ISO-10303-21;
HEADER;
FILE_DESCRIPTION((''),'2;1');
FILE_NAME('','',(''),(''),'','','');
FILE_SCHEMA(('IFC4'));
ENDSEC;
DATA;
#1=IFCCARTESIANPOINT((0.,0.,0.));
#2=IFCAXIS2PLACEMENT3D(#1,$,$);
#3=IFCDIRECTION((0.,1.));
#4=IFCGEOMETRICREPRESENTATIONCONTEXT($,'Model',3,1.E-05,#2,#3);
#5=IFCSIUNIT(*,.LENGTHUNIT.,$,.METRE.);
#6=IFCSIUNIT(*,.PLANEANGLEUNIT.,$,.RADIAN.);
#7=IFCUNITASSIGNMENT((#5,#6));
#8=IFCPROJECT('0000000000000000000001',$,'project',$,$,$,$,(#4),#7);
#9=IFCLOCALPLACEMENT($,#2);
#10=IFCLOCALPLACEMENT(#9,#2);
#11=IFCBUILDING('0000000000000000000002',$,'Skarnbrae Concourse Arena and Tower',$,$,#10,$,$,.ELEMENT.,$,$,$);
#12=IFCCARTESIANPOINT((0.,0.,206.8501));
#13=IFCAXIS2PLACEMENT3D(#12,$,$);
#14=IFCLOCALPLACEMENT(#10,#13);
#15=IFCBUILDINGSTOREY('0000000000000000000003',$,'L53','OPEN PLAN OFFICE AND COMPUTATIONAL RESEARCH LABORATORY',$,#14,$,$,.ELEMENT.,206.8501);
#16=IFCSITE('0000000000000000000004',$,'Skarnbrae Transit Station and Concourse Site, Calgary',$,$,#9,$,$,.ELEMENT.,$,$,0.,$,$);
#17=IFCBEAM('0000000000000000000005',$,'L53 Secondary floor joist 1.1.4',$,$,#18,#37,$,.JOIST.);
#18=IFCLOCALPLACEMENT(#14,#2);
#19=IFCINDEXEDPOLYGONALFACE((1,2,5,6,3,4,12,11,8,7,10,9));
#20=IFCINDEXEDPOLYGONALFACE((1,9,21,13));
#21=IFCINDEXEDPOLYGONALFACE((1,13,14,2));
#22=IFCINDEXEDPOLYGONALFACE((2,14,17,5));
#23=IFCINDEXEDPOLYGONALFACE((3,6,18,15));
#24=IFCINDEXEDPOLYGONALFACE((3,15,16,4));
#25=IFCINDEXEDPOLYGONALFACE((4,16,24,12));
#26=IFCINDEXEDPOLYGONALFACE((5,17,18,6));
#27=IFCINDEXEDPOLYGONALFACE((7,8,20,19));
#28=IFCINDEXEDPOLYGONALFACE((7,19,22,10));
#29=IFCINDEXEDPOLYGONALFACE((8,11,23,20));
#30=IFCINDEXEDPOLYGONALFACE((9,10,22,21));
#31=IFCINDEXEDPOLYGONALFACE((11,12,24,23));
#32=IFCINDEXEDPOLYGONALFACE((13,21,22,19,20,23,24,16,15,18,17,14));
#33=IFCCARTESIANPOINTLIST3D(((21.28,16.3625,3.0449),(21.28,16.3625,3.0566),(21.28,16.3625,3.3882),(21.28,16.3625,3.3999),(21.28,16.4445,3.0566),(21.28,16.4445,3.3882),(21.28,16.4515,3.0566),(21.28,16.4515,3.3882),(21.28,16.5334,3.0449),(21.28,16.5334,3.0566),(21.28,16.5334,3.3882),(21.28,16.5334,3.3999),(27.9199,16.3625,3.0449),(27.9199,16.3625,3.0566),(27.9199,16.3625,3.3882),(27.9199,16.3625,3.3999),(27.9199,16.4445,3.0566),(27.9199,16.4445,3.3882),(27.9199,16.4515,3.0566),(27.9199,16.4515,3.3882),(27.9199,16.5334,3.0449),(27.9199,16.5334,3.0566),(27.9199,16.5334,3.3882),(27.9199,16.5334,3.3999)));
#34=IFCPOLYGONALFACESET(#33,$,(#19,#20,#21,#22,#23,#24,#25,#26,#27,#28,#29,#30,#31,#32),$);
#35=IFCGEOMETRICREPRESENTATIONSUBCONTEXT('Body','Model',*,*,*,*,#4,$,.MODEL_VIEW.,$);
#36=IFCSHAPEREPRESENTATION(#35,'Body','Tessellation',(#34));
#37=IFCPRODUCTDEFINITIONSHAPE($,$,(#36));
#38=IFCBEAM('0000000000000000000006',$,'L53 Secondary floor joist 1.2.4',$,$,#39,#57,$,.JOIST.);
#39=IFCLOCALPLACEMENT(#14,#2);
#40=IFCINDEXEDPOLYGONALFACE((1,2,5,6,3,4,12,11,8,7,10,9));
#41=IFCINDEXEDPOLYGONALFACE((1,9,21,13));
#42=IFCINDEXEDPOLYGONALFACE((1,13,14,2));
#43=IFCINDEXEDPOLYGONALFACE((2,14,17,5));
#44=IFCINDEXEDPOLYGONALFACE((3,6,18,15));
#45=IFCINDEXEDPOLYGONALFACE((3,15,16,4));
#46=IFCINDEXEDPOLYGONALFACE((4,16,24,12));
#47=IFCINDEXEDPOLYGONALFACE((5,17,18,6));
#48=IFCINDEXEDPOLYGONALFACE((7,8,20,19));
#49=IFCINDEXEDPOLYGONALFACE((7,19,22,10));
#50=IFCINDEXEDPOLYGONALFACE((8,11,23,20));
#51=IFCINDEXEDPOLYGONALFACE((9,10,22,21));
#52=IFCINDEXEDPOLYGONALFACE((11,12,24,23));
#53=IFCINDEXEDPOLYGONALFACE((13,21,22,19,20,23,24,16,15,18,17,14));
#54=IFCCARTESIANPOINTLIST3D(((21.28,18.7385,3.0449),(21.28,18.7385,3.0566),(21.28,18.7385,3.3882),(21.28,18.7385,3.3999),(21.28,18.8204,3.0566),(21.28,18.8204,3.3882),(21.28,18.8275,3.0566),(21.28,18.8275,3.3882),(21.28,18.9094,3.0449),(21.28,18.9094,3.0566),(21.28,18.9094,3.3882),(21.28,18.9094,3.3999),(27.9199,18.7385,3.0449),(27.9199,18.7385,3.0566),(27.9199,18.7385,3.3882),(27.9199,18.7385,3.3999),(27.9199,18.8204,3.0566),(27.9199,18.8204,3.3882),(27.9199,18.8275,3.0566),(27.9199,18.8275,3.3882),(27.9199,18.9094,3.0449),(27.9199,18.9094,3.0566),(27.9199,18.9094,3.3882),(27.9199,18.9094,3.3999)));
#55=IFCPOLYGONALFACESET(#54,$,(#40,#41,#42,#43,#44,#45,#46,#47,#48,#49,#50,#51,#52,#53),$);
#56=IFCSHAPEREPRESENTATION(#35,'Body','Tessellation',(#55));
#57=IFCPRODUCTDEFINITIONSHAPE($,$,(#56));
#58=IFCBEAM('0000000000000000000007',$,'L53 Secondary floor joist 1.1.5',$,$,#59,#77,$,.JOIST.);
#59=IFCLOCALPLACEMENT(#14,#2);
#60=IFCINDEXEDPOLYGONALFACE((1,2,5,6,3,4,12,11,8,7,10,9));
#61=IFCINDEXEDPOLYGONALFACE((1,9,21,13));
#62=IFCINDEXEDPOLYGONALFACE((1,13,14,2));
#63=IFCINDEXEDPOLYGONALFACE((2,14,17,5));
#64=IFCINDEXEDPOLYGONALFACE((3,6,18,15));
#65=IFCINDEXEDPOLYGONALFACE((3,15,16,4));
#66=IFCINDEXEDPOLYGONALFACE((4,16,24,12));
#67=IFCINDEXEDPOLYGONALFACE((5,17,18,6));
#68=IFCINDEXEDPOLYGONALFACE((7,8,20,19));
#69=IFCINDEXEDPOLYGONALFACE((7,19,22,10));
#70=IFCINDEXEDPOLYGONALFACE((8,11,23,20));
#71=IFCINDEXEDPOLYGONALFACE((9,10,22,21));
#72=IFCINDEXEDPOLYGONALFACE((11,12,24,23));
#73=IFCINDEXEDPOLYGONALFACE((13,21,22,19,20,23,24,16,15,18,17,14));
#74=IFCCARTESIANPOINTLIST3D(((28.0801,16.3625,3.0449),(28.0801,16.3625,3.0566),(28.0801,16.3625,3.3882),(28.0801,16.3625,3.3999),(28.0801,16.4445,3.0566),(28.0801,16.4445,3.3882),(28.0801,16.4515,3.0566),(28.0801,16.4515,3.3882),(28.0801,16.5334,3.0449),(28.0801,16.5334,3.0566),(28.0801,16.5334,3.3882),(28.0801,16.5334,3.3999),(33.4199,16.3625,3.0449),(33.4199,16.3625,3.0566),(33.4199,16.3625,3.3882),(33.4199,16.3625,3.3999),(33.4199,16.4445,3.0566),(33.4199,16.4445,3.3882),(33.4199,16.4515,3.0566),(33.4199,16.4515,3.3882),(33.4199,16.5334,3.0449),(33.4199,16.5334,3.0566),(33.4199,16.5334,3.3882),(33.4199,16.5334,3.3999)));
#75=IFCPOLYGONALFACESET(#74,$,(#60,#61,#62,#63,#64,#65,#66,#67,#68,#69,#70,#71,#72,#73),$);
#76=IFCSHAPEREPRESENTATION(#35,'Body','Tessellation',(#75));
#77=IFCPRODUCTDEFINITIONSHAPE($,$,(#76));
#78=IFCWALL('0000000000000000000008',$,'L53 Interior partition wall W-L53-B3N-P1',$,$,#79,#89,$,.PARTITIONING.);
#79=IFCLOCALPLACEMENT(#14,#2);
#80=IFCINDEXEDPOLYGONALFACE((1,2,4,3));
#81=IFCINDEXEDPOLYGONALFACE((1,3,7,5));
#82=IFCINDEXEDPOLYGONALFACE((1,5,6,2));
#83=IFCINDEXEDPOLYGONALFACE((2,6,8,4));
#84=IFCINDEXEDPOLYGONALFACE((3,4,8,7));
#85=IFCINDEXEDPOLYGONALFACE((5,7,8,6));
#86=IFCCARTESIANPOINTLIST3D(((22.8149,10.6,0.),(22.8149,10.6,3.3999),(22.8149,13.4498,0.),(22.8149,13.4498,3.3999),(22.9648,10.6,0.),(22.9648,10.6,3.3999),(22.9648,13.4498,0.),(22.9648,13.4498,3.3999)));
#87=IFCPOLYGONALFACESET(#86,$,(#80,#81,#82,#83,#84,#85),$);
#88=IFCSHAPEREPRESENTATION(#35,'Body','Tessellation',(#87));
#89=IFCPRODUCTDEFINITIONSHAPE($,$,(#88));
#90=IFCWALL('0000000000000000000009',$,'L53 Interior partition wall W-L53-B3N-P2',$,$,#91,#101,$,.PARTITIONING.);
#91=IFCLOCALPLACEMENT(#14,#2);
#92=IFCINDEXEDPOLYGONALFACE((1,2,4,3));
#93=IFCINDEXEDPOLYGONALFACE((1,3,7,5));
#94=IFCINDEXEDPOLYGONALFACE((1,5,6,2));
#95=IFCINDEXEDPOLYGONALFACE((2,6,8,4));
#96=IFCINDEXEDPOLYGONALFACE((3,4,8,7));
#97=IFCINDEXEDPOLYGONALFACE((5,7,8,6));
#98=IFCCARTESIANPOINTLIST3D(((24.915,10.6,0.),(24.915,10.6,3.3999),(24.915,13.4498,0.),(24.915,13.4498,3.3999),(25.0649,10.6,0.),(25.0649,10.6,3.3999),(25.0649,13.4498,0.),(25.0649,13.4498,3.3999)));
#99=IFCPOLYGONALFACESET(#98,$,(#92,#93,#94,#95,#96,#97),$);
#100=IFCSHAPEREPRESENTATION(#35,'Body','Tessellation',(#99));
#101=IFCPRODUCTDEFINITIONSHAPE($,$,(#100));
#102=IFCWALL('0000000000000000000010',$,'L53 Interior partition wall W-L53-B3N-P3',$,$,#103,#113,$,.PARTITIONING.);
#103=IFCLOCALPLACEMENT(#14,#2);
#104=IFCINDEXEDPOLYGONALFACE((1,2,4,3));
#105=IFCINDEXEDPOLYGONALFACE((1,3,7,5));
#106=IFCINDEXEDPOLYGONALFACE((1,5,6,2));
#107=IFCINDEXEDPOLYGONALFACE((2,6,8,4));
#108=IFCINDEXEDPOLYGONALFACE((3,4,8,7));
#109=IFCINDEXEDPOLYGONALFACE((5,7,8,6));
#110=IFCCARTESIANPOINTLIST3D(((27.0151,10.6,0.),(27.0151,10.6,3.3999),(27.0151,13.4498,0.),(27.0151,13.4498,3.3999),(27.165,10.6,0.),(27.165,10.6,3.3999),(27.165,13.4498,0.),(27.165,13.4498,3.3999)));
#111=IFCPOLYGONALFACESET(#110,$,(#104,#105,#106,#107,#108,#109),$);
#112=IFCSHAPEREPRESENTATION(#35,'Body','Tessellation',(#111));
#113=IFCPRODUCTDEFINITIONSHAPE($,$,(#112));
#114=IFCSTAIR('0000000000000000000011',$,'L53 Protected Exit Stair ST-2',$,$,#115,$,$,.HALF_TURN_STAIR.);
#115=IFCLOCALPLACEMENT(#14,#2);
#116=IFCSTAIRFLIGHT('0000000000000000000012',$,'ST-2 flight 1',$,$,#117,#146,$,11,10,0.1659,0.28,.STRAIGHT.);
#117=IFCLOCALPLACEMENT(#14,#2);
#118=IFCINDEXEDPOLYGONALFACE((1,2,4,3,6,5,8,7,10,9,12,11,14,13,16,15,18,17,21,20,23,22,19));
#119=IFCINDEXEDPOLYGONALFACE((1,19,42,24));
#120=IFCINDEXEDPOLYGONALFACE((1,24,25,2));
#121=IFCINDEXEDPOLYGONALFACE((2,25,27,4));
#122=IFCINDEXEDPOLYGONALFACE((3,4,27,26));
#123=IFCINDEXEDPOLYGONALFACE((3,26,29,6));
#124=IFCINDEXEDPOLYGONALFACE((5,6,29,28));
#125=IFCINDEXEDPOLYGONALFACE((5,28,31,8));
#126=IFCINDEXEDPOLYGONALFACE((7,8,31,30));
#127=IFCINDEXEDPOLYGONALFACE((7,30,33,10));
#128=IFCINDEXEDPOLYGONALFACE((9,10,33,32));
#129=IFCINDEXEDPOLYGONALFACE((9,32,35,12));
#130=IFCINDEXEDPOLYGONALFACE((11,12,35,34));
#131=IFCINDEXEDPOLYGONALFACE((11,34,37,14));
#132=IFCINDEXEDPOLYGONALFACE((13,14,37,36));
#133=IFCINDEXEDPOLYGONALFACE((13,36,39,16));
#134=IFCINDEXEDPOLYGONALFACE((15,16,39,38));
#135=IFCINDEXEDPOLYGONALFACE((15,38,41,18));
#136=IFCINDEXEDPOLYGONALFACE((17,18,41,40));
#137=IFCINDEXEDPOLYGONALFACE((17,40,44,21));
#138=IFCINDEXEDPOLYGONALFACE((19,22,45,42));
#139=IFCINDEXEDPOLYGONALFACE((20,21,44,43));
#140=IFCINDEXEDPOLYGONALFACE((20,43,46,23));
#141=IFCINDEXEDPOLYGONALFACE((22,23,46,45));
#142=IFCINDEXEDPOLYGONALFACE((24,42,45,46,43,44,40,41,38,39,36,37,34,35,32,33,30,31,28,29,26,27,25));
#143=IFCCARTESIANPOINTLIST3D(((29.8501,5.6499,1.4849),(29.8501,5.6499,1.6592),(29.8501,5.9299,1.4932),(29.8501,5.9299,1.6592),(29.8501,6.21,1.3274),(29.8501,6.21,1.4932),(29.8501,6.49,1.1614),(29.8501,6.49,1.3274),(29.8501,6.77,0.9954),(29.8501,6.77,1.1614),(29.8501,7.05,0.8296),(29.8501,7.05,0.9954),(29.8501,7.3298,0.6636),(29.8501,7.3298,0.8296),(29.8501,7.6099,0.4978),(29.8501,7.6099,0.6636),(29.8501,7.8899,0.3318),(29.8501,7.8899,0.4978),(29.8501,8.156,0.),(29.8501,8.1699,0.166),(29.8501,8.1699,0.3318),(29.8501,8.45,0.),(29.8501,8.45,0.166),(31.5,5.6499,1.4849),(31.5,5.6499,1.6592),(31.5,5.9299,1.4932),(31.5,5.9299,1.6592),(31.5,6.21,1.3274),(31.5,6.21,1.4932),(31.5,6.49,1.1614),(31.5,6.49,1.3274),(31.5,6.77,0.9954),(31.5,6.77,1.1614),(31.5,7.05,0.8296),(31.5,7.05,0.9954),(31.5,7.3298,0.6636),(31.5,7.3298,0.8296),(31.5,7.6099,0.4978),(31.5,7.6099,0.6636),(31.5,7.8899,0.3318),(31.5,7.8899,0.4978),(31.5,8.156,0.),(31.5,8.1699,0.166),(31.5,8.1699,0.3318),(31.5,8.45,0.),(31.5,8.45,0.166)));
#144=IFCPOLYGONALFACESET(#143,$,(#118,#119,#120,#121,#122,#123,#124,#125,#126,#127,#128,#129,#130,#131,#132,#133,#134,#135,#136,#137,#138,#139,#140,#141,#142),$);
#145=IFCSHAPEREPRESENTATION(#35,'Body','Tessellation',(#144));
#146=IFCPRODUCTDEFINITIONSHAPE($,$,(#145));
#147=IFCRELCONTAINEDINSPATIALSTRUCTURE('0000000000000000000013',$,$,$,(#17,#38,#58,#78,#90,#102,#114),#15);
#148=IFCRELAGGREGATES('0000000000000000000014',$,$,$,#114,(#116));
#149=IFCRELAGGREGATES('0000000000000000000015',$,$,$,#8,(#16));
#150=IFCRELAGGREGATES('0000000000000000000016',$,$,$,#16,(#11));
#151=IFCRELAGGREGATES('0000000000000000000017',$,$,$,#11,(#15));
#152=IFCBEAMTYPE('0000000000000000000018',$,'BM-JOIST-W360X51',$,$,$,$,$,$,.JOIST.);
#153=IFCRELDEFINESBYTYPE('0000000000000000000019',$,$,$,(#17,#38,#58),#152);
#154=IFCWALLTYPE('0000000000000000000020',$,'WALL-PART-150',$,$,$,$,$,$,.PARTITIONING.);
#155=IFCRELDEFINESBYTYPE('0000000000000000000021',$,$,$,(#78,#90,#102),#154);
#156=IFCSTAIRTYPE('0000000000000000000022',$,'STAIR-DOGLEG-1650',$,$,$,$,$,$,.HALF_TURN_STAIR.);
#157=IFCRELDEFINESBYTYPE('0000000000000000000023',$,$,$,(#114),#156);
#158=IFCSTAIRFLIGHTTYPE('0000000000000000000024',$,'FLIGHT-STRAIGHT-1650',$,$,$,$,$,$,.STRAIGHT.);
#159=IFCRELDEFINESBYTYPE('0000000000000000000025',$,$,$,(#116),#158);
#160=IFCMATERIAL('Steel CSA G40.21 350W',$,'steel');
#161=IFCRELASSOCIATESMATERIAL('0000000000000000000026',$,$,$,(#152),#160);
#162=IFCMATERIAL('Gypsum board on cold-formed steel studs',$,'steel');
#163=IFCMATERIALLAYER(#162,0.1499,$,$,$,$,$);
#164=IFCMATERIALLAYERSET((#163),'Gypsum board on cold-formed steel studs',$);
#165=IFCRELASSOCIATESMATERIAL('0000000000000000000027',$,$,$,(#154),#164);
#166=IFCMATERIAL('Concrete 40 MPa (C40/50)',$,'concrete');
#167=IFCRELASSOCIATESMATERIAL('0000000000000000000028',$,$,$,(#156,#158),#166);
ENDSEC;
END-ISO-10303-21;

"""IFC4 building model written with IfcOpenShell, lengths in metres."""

from ifc_helpers import new_model, si_unit, direction, frame, frame_2d, origin, origin_2d, place, context, subcontext, project, spatial, polyline, rectangle, i_section, outline, extrude, source, transform, mapped, material, layer, layer_set, material_profile, profile_set, type_object, element, aggregate, save


model = new_model("IFC4")

# Units and contexts
model_context = context("Model", 3, precision=1e-05, world=origin(), true_north=direction((0.0, 1.0)))
body_context = subcontext(model_context, "Body", "Model", "MODEL_VIEW")
ifc_project = project(units=[si_unit("LENGTHUNIT", "METRE"), si_unit("PLANEANGLEUNIT", "RADIAN")], contexts=[model_context])

# Site, building, storey
site_placement = place(None, origin())
site = spatial("IfcSite", under=ifc_project, at=site_placement, Name="Skarnbrae Transit Station and Concourse Site, Calgary", CompositionType="ELEMENT", RefElevation=0.0)
building_placement = place(site_placement, origin())
building = spatial("IfcBuilding", under=site, at=building_placement, Name="Skarnbrae Concourse Arena and Tower", CompositionType="ELEMENT")
storey_placement = place(building_placement, frame((0.0, 0.0, 206.8501)))
storey = spatial("IfcBuildingStorey", under=building, at=storey_placement, Name="L53", Description="OPEN PLAN OFFICE AND COMPUTATIONAL RESEARCH LABORATORY", CompositionType="ELEMENT", Elevation=206.8501)

# Shared definitions
ifc_material_1 = material(Name="Steel CSA G40.21 350W", Category="steel")

# Beams
ifc_material_profile_1 = material_profile(ifc_material_1, i_section(OverallWidth=0.1709, OverallDepth=0.355, WebThickness=0.0071, FlangeThickness=0.0117, at=origin_2d()), Name="W360X51")
ifc_profile_set_1 = profile_set([ifc_material_profile_1], Name="Steel CSA G40.21 350W")
beam_type_1 = type_object("IfcBeamType", Name="BM-JOIST-W360X51", PredefinedType="JOIST", material=ifc_profile_set_1)
shared_shape_1 = source(origin(), body_context, "Body", "SweptSolid", [
    extrude(i_section(OverallWidth=0.1709, OverallDepth=0.355, WebThickness=0.0071, FlangeThickness=0.0117, at=origin_2d()), origin(), (0.0, 0.0, 1.0), 6.6399),
])
for number, where, z_axis, x_axis, name in (
    (1, (21.28, 16.448, 3.2224), (1.0, 0.0, 0.0), (0.0, 1.0, 0.0), "L53 Secondary floor joist 1.1.4"),
    (2, (21.28, 18.824, 3.2224), (1.0, 0.0, 0.0), (0.0, 1.0, 0.0), "L53 Secondary floor joist 1.2.4"),
):
    element("IfcBeam", number, at=place(storey_placement, frame(where, z_axis=z_axis, x_axis=x_axis)), inside=storey, type_object=beam_type_1, Name=name, PredefinedType="JOIST", context=body_context, shape_type="MappedRepresentation", body=[
        mapped(shared_shape_1, transform((0.0, 0.0, 0.0))),
    ])
shared_shape_2 = source(origin(), body_context, "Body", "SweptSolid", [
    extrude(i_section(OverallWidth=0.1709, OverallDepth=0.355, WebThickness=0.0071, FlangeThickness=0.0117, at=origin_2d()), origin(), (0.0, 0.0, 1.0), 5.3398),
])
beam_1_placement = place(storey_placement, frame((28.0801, 16.448, 3.2224), z_axis=(1.0, 0.0, 0.0), x_axis=(0.0, 1.0, 0.0)))
element("IfcBeam", 3, at=beam_1_placement, inside=storey, type_object=beam_type_1, Name="L53 Secondary floor joist 1.1.5", PredefinedType="JOIST", context=body_context, shape_type="MappedRepresentation", body=[
    mapped(shared_shape_2, transform((0.0, 0.0, 0.0))),
])

# Walls
ifc_material_2 = material(Name="Gypsum board on cold-formed steel studs", Category="steel")
ifc_layer_1 = layer(ifc_material_2, 0.1499)
ifc_layer_set_1 = layer_set([ifc_layer_1], Name="Gypsum board on cold-formed steel studs")
wall_type_1 = type_object("IfcWallType", Name="WALL-PART-150", PredefinedType="PARTITIONING", material=ifc_layer_set_1)
shared_shape_3 = source(origin(), body_context, "Body", "SweptSolid", [
    extrude(rectangle(XDim=2.8499, YDim=0.1499, at=frame_2d((1.4248, 0.0))), origin(), (0.0, 0.0, 1.0), 3.3999),
])
for number, where, z_axis, x_axis, name in (
    (4, (22.8899, 10.6001, 0.0), (0.0, 0.0, 1.0), (0.0, 1.0, 0.0), "L53 Interior partition wall W-L53-B3N-P1"),
    (5, (24.99, 10.6001, 0.0), (0.0, 0.0, 1.0), (0.0, 1.0, 0.0), "L53 Interior partition wall W-L53-B3N-P2"),
    (6, (27.0901, 10.6001, 0.0), (0.0, 0.0, 1.0), (0.0, 1.0, 0.0), "L53 Interior partition wall W-L53-B3N-P3"),
):
    element("IfcWall", number, at=place(storey_placement, frame(where, z_axis=z_axis, x_axis=x_axis)), inside=storey, type_object=wall_type_1, Name=name, PredefinedType="PARTITIONING", context=body_context, shape_type="MappedRepresentation", body=[
        mapped(shared_shape_3, transform((0.0, 0.0, 0.0))),
    ])

# Stair, stair flight
ifc_material_3 = material(Name="Concrete 40 MPa (C40/50)", Category="concrete")
stair_type = type_object("IfcStairType", Name="STAIR-DOGLEG-1650", PredefinedType="HALF_TURN_STAIR", material=ifc_material_3)
stair_placement = place(storey_placement, origin())
stair = element("IfcStair", 7, at=stair_placement, inside=storey, type_object=stair_type, Name="L53 Protected Exit Stair ST-2", PredefinedType="HALF_TURN_STAIR")
stair_flight_type = type_object("IfcStairFlightType", Name="FLIGHT-STRAIGHT-1650", PredefinedType="STRAIGHT", material=ifc_material_3)
shared_shape_4 = source(origin(), body_context, "Body", "SweptSolid", [
    extrude(outline(polyline([(0.0, 0.0), (0.0, 0.166), (0.28, 0.166), (0.28, 0.3318), (0.5601, 0.3318), (0.5601, 0.4978), (0.8401, 0.4978), (0.8401, 0.6636), (1.1201, 0.6636), (1.1201, 0.8296), (1.3999, 0.8296), (1.3999, 0.9954), (1.6799, 0.9954), (1.6799, 1.1614), (1.96, 1.1614), (1.96, 1.3274), (2.24, 1.3274), (2.24, 1.4932), (2.52, 1.4932), (2.52, 1.6592), (2.8, 1.6592), (2.8, 1.825), (2.8, 1.4849), (0.2939, 0.0), (0.0, 0.0)])), frame((0.0, 0.825, 0.0), z_axis=(0.0, -1.0, 0.0), x_axis=(1.0, 0.0, 0.0)), (0.0, 0.0, 1.0), 1.6499),
])
stair_flight_placement = place(storey_placement, frame((30.675, 8.45, 0.0), z_axis=(0.0, 0.0, 1.0), x_axis=(0.0, -1.0, 0.0)))
stair_flight = element("IfcStairFlight", 8, at=stair_flight_placement, type_object=stair_flight_type, Name="ST-2 flight 1", NumberOfRisers=11, NumberOfTreads=10, PredefinedType="STRAIGHT", RiserHeight=0.1659, TreadLength=0.28, context=body_context, shape_type="MappedRepresentation", body=[
    mapped(shared_shape_4, transform((0.0, 0.0, 0.0))),
])
aggregate(stair, [stair_flight])

save(model, "model.ifc")
